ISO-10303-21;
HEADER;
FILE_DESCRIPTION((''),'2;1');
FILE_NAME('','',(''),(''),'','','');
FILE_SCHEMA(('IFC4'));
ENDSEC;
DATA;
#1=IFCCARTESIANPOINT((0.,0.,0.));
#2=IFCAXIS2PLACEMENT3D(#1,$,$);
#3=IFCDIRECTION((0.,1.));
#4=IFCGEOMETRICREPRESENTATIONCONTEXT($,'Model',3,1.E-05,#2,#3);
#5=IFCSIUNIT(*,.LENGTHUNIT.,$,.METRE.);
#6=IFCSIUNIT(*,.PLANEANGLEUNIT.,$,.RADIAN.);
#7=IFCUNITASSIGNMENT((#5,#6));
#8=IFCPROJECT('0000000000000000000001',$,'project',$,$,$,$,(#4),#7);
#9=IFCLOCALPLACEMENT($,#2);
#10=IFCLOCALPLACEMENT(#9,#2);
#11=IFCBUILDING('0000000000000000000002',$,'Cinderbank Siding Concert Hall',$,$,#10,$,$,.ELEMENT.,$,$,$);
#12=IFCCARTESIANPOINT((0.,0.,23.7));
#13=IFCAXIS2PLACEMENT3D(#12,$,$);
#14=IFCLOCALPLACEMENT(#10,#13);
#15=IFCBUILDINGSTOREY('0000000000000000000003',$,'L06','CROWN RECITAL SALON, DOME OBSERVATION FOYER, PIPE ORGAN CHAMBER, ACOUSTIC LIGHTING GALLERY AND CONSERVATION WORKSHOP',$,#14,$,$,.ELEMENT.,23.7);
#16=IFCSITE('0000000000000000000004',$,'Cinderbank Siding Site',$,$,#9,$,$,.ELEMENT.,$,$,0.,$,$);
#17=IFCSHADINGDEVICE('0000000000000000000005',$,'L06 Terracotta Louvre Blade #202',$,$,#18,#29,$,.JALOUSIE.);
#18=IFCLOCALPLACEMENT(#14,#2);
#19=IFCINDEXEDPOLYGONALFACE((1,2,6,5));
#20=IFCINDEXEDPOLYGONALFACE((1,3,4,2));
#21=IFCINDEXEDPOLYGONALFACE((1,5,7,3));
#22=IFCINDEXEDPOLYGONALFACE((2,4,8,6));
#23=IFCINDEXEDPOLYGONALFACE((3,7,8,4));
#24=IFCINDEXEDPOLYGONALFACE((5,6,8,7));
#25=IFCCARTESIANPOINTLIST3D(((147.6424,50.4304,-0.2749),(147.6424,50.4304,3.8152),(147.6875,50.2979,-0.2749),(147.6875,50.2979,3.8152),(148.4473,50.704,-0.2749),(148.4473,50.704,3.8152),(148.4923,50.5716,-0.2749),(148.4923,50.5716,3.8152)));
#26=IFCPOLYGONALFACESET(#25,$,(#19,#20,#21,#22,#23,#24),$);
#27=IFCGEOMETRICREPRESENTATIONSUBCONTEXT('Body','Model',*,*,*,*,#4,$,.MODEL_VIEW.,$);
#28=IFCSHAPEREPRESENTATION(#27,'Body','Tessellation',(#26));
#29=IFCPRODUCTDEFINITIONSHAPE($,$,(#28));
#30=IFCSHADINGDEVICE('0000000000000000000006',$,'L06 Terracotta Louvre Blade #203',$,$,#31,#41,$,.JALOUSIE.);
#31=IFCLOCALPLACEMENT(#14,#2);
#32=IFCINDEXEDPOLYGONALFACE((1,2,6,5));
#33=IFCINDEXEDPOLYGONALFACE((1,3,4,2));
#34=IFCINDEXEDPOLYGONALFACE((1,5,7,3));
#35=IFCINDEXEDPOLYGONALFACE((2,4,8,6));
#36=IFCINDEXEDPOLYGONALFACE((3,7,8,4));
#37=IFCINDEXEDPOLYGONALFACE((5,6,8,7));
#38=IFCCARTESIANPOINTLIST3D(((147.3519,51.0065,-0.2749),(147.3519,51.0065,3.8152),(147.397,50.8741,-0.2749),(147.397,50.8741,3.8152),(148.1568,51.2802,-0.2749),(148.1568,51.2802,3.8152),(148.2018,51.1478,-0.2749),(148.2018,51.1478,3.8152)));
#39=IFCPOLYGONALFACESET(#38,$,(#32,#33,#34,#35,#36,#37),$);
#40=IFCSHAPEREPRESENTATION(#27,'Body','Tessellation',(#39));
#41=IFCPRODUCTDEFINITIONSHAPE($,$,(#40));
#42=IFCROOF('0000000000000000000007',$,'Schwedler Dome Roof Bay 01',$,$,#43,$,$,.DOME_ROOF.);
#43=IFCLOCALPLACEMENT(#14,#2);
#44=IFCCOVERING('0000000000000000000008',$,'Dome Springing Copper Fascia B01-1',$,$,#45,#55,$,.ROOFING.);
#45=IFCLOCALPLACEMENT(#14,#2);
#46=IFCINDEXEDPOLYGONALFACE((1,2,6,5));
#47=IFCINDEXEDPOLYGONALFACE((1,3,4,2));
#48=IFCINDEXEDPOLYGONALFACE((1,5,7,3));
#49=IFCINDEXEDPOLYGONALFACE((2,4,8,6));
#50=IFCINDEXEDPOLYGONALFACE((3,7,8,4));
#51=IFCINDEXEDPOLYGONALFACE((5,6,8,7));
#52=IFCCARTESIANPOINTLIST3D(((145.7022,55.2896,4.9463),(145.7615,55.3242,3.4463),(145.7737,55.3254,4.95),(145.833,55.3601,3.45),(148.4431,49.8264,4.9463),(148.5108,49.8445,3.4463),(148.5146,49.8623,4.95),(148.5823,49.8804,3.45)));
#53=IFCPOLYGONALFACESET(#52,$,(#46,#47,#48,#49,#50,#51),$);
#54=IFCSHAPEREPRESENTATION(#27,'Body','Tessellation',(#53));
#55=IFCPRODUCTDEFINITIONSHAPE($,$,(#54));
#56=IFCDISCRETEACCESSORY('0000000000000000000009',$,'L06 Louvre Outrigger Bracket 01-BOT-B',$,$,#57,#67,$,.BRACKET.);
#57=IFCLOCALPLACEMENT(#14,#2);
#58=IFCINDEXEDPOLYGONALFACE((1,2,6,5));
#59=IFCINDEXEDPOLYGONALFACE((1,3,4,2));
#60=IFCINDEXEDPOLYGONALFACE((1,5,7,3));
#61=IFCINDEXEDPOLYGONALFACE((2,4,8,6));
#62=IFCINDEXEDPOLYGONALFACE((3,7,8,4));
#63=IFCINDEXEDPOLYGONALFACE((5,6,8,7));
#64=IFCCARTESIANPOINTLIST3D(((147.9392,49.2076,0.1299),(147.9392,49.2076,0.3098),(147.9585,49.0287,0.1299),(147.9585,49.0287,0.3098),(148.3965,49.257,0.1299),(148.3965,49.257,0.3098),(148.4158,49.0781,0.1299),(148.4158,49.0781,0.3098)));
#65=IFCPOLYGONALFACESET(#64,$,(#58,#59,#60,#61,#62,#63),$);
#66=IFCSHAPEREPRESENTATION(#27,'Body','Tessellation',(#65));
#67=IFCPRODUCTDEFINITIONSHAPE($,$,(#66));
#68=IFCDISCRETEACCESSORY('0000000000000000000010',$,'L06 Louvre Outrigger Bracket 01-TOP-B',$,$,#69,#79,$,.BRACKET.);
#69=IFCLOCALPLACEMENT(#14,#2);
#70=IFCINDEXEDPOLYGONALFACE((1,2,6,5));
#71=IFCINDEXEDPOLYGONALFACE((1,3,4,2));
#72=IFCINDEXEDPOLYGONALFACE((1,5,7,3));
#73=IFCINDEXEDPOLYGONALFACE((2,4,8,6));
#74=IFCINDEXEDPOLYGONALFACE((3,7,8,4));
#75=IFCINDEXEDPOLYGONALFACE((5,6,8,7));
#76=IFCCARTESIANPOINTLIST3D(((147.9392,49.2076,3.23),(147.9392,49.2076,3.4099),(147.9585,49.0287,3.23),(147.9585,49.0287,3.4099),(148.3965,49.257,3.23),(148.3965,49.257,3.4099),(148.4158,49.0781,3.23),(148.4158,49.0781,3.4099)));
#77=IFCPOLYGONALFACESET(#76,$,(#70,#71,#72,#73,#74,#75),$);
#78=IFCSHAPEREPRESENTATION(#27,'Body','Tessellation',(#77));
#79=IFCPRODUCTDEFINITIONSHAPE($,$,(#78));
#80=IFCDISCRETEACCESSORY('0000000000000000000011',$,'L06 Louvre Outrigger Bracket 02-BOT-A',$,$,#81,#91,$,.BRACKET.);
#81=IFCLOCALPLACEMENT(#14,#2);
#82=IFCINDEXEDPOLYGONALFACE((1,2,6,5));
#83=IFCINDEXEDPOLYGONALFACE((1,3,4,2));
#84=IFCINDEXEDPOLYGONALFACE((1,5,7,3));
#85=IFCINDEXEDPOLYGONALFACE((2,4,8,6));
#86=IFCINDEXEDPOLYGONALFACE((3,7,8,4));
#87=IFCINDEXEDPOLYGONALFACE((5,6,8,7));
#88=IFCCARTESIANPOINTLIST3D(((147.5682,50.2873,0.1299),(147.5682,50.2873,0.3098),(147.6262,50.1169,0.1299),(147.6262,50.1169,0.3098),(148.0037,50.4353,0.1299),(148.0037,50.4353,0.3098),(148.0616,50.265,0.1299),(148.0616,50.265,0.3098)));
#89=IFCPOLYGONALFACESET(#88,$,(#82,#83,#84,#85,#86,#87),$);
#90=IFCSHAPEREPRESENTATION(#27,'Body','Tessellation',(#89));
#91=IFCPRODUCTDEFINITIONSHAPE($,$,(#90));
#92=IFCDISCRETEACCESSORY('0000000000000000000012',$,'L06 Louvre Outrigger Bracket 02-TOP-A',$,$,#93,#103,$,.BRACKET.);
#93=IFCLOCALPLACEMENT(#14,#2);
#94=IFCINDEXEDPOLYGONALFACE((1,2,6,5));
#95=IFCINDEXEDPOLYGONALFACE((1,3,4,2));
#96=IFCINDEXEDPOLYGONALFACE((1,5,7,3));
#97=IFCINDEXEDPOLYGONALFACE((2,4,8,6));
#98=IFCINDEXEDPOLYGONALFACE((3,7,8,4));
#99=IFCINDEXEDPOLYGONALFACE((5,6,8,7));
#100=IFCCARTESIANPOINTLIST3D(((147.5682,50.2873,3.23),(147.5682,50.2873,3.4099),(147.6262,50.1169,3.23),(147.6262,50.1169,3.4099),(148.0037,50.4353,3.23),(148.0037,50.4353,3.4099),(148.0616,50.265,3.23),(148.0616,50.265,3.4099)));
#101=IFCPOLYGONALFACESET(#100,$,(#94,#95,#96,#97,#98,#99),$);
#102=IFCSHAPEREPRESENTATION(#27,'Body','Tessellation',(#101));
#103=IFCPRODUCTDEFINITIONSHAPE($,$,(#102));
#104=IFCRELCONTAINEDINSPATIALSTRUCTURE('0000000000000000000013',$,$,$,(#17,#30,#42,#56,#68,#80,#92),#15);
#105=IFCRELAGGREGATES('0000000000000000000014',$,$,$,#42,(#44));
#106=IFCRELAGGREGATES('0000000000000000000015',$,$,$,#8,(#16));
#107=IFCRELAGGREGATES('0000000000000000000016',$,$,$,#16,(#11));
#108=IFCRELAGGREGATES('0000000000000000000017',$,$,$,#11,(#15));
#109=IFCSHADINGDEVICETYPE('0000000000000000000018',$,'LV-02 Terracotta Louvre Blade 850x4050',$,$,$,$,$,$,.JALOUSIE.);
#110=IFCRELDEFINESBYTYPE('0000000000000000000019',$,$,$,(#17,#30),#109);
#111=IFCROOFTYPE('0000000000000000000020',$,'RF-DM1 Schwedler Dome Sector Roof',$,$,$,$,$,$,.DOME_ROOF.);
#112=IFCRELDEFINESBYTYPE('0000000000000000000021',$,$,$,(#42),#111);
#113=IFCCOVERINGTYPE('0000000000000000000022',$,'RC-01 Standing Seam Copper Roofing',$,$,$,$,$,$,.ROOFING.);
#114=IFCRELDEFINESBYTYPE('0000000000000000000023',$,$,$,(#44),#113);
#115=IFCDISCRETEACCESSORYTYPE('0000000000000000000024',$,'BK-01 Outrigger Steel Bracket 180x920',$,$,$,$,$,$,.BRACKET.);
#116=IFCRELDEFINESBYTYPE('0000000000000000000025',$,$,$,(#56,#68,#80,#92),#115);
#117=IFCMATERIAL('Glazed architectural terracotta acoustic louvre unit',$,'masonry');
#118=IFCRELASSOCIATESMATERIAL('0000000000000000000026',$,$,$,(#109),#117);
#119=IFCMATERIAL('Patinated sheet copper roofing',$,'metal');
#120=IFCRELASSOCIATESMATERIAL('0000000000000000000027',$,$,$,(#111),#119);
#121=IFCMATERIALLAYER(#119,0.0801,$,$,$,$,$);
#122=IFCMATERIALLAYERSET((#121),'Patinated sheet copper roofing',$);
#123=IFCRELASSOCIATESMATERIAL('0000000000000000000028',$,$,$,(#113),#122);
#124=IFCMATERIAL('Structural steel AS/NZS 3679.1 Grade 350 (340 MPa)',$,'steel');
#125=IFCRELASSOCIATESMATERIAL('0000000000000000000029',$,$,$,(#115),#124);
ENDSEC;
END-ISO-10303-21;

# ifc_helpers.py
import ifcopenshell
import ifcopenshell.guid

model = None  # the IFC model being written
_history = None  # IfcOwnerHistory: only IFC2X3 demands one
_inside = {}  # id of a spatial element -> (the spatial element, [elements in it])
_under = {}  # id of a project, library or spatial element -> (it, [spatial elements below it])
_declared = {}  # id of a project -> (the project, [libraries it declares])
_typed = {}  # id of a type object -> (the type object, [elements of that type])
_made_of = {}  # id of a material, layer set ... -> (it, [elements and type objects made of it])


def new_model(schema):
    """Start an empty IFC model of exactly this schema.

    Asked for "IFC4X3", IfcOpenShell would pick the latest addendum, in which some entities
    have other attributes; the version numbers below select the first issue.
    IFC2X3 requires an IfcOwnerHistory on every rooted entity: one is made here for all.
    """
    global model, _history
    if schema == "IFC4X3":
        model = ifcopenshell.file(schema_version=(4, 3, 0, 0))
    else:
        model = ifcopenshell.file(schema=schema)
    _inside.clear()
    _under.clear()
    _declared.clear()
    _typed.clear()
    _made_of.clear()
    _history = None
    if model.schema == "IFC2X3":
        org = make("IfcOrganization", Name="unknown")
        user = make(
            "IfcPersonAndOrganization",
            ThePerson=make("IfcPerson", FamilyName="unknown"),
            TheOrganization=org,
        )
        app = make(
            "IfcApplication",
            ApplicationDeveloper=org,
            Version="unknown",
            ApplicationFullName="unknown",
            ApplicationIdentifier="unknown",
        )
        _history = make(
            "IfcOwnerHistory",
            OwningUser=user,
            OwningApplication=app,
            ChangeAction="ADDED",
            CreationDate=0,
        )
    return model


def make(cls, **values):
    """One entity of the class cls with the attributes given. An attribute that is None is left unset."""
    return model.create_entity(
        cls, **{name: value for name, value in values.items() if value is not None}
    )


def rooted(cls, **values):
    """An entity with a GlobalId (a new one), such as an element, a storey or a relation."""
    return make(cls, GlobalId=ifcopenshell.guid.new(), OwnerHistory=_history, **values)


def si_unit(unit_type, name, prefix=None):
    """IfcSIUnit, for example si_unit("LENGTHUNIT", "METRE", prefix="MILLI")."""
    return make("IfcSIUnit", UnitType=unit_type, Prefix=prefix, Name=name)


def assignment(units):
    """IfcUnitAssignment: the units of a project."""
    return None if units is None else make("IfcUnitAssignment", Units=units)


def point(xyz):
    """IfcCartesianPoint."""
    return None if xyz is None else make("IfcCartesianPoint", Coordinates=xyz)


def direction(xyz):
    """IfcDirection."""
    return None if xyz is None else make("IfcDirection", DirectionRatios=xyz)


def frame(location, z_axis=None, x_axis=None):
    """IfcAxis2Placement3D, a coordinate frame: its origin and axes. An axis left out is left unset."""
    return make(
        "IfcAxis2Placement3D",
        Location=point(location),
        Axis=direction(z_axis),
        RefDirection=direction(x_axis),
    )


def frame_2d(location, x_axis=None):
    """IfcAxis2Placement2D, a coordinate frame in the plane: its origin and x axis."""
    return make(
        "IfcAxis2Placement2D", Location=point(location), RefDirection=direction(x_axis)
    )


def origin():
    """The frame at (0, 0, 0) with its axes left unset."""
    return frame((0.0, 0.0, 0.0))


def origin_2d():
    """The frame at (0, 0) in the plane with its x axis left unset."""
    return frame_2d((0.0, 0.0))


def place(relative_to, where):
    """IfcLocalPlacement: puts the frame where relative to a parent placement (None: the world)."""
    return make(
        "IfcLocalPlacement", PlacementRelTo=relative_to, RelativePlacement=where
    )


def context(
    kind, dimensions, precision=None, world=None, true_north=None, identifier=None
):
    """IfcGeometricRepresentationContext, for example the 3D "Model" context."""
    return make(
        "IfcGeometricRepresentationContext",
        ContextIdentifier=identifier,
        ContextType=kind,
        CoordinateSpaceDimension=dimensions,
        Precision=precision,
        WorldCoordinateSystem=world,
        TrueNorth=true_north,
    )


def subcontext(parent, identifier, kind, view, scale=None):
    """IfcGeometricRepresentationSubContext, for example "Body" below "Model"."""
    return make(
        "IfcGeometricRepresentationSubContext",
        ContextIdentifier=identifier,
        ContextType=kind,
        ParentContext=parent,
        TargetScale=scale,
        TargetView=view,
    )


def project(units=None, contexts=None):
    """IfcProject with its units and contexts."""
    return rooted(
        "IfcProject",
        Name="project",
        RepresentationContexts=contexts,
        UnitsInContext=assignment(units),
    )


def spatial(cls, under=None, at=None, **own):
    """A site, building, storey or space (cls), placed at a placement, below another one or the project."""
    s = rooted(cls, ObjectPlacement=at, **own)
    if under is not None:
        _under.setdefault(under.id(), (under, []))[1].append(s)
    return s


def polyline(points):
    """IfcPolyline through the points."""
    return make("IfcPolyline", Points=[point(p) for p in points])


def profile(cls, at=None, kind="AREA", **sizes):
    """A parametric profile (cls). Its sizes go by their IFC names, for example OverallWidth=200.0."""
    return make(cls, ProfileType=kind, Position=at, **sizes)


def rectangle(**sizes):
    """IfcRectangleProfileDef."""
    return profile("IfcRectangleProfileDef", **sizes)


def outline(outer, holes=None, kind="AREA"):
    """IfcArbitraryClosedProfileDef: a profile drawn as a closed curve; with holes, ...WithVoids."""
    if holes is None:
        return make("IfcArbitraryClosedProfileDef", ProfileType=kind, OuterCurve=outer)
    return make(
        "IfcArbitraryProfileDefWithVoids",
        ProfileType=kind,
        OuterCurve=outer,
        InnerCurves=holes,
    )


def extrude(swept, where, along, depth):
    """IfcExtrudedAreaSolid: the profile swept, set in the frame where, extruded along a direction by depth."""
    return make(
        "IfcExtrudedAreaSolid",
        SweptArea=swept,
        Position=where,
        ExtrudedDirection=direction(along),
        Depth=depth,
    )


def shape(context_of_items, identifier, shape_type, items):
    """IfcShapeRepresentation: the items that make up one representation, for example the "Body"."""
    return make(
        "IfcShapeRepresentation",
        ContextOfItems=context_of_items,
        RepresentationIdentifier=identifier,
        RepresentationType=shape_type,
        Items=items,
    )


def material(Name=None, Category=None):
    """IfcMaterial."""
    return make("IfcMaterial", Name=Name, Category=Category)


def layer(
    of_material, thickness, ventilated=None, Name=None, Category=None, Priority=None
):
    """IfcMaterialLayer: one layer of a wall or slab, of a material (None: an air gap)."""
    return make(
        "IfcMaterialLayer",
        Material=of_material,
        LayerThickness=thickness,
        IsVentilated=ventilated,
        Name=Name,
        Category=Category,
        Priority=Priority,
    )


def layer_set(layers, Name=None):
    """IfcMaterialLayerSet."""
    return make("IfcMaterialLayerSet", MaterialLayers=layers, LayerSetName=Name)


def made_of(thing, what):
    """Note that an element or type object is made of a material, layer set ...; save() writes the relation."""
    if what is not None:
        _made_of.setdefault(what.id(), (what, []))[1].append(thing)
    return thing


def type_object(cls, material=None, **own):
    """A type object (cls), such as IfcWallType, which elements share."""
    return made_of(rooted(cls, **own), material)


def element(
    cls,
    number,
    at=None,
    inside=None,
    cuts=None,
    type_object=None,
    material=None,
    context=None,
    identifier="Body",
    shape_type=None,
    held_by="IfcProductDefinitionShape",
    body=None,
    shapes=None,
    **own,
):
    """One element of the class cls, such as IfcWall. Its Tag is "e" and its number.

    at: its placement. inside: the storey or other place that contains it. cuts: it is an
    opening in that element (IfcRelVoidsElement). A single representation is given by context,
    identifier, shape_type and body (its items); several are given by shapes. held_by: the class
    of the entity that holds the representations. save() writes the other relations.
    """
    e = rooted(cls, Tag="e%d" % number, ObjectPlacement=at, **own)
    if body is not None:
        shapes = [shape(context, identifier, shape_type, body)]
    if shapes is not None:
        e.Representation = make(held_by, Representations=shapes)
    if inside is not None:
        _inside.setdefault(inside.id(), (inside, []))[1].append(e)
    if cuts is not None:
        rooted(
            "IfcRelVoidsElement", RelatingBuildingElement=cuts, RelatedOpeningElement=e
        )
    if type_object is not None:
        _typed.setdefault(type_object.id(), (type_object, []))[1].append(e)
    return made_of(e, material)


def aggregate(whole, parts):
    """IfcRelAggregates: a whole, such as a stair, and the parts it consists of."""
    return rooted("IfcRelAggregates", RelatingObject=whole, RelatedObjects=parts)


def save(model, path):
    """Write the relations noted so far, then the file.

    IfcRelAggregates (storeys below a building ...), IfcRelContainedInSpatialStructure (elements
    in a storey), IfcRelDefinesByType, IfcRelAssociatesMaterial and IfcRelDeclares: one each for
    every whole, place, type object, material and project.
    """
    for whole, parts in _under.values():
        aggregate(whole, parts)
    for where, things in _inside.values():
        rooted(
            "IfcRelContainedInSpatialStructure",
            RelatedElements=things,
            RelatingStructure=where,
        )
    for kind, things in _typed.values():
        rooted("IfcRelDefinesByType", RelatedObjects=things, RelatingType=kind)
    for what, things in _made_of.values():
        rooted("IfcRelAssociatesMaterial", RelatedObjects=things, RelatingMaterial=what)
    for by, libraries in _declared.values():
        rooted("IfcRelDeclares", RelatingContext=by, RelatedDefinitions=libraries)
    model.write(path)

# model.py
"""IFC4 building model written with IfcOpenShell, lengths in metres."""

from ifc_helpers import new_model, si_unit, direction, frame, origin, origin_2d, place, context, subcontext, project, spatial, polyline, rectangle, outline, extrude, material, layer, layer_set, type_object, element, aggregate, save


model = new_model("IFC4")

# Units and contexts
model_context = context("Model", 3, precision=1e-05, world=origin(), true_north=direction((0.0, 1.0)))
body_context = subcontext(model_context, "Body", "Model", "MODEL_VIEW")
ifc_project = project(units=[si_unit("LENGTHUNIT", "METRE"), si_unit("PLANEANGLEUNIT", "RADIAN")], contexts=[model_context])

# Site, building, storey
site_placement = place(None, origin())
site = spatial("IfcSite", under=ifc_project, at=site_placement, Name="Cinderbank Siding Site", CompositionType="ELEMENT", RefElevation=0.0)
building_placement = place(site_placement, origin())
building = spatial("IfcBuilding", under=site, at=building_placement, Name="Cinderbank Siding Concert Hall", CompositionType="ELEMENT")
storey_placement = place(building_placement, frame((0.0, 0.0, 23.7)))
storey = spatial("IfcBuildingStorey", under=building, at=storey_placement, Name="L06", Description="CROWN RECITAL SALON, DOME OBSERVATION FOYER, PIPE ORGAN CHAMBER, ACOUSTIC LIGHTING GALLERY AND CONSERVATION WORKSHOP", CompositionType="ELEMENT", Elevation=23.7)

# Shared definitions
ifc_material_1 = material(Name="Structural steel AS/NZS 3679.1 Grade 350 (340 MPa)", Category="steel")

# Shading devices
ifc_material_2 = material(Name="Glazed architectural terracotta acoustic louvre unit", Category="masonry")
shading_device_type = type_object("IfcShadingDeviceType", Name="LV-02 Terracotta Louvre Blade 850x4050", PredefinedType="JALOUSIE", material=ifc_material_2)
for number, where, z_axis, x_axis, name in (
    (1, (148.0674, 50.501, -0.2749), (0.0, 0.0, 1.0), (0.946765, 0.321924, 0.0), "L06 Terracotta Louvre Blade #202"),
    (2, (147.7769, 51.0771, -0.2749), (0.0, 0.0, 1.0), (0.946765, 0.321924, 0.0), "L06 Terracotta Louvre Blade #203"),
):
    element("IfcShadingDevice", number, at=place(storey_placement, frame(where, z_axis=z_axis, x_axis=x_axis)), inside=storey, type_object=shading_device_type, Name=name, PredefinedType="JALOUSIE", context=body_context, shape_type="SweptSolid", body=[
        extrude(rectangle(XDim=0.8501, YDim=0.1399, at=origin_2d()), origin(), (0.0, 0.0, 1.0), 4.0901),
    ])

# Roof, covering
ifc_material_3 = material(Name="Patinated sheet copper roofing", Category="metal")
roof_type = type_object("IfcRoofType", Name="RF-DM1 Schwedler Dome Sector Roof", PredefinedType="DOME_ROOF", material=ifc_material_3)
roof_placement = place(storey_placement, origin())
roof = element("IfcRoof", 3, at=roof_placement, inside=storey, type_object=roof_type, Name="Schwedler Dome Roof Bay 01", PredefinedType="DOME_ROOF")
ifc_layer_1 = layer(ifc_material_3, 0.0801)
ifc_layer_set_1 = layer_set([ifc_layer_1], Name="Patinated sheet copper roofing")
covering_type = type_object("IfcCoveringType", Name="RC-01 Standing Seam Copper Roofing", PredefinedType="ROOFING", material=ifc_layer_set_1)
covering_placement = place(storey_placement, frame((148.5823, 49.8804, 3.45), z_axis=(0.89288, 0.447974, 0.045659), x_axis=(-0.448442, 0.893812, 0.0)))
covering = element("IfcCovering", 4, at=covering_placement, type_object=covering_type, Name="Dome Springing Copper Fascia B01-1", PredefinedType="ROOFING", context=body_context, shape_type="SweptSolid", body=[
    extrude(outline(polyline([(0.0, 0.0), (6.1307, 0.0), (6.1264, 1.5016), (0.0142, 1.5016), (0.0, 0.0)])), origin(), (0.0, 0.0, -1.0), 0.0801),
])
aggregate(roof, [covering])

# Discrete accessories
discrete_accessory_type = type_object("IfcDiscreteAccessoryType", Name="BK-01 Outrigger Steel Bracket 180x920", PredefinedType="BRACKET", material=ifc_material_1)
for number, where, z_axis, x_axis, name in (
    (5, (148.1775, 49.1428, 0.1299), (0.0, 0.0, 1.0), (0.994211, 0.107447, 0.0), "L06 Louvre Outrigger Bracket 01-BOT-B"),
    (6, (148.1775, 49.1428, 3.23), (0.0, 0.0, 1.0), (0.994211, 0.107447, 0.0), "L06 Louvre Outrigger Bracket 01-TOP-B"),
    (7, (147.8149, 50.2761, 0.1299), (0.0, 0.0, 1.0), (0.946765, 0.321924, 0.0), "L06 Louvre Outrigger Bracket 02-BOT-A"),
    (8, (147.8149, 50.2761, 3.23), (0.0, 0.0, 1.0), (0.946765, 0.321924, 0.0), "L06 Louvre Outrigger Bracket 02-TOP-A"),
):
    element("IfcDiscreteAccessory", number, at=place(storey_placement, frame(where, z_axis=z_axis, x_axis=x_axis)), inside=storey, type_object=discrete_accessory_type, Name=name, PredefinedType="BRACKET", context=body_context, shape_type="SweptSolid", body=[
        extrude(rectangle(XDim=0.46, YDim=0.1799, at=origin_2d()), origin(), (0.0, 0.0, 1.0), 0.1799),
    ])

save(model, "model.ifc")
